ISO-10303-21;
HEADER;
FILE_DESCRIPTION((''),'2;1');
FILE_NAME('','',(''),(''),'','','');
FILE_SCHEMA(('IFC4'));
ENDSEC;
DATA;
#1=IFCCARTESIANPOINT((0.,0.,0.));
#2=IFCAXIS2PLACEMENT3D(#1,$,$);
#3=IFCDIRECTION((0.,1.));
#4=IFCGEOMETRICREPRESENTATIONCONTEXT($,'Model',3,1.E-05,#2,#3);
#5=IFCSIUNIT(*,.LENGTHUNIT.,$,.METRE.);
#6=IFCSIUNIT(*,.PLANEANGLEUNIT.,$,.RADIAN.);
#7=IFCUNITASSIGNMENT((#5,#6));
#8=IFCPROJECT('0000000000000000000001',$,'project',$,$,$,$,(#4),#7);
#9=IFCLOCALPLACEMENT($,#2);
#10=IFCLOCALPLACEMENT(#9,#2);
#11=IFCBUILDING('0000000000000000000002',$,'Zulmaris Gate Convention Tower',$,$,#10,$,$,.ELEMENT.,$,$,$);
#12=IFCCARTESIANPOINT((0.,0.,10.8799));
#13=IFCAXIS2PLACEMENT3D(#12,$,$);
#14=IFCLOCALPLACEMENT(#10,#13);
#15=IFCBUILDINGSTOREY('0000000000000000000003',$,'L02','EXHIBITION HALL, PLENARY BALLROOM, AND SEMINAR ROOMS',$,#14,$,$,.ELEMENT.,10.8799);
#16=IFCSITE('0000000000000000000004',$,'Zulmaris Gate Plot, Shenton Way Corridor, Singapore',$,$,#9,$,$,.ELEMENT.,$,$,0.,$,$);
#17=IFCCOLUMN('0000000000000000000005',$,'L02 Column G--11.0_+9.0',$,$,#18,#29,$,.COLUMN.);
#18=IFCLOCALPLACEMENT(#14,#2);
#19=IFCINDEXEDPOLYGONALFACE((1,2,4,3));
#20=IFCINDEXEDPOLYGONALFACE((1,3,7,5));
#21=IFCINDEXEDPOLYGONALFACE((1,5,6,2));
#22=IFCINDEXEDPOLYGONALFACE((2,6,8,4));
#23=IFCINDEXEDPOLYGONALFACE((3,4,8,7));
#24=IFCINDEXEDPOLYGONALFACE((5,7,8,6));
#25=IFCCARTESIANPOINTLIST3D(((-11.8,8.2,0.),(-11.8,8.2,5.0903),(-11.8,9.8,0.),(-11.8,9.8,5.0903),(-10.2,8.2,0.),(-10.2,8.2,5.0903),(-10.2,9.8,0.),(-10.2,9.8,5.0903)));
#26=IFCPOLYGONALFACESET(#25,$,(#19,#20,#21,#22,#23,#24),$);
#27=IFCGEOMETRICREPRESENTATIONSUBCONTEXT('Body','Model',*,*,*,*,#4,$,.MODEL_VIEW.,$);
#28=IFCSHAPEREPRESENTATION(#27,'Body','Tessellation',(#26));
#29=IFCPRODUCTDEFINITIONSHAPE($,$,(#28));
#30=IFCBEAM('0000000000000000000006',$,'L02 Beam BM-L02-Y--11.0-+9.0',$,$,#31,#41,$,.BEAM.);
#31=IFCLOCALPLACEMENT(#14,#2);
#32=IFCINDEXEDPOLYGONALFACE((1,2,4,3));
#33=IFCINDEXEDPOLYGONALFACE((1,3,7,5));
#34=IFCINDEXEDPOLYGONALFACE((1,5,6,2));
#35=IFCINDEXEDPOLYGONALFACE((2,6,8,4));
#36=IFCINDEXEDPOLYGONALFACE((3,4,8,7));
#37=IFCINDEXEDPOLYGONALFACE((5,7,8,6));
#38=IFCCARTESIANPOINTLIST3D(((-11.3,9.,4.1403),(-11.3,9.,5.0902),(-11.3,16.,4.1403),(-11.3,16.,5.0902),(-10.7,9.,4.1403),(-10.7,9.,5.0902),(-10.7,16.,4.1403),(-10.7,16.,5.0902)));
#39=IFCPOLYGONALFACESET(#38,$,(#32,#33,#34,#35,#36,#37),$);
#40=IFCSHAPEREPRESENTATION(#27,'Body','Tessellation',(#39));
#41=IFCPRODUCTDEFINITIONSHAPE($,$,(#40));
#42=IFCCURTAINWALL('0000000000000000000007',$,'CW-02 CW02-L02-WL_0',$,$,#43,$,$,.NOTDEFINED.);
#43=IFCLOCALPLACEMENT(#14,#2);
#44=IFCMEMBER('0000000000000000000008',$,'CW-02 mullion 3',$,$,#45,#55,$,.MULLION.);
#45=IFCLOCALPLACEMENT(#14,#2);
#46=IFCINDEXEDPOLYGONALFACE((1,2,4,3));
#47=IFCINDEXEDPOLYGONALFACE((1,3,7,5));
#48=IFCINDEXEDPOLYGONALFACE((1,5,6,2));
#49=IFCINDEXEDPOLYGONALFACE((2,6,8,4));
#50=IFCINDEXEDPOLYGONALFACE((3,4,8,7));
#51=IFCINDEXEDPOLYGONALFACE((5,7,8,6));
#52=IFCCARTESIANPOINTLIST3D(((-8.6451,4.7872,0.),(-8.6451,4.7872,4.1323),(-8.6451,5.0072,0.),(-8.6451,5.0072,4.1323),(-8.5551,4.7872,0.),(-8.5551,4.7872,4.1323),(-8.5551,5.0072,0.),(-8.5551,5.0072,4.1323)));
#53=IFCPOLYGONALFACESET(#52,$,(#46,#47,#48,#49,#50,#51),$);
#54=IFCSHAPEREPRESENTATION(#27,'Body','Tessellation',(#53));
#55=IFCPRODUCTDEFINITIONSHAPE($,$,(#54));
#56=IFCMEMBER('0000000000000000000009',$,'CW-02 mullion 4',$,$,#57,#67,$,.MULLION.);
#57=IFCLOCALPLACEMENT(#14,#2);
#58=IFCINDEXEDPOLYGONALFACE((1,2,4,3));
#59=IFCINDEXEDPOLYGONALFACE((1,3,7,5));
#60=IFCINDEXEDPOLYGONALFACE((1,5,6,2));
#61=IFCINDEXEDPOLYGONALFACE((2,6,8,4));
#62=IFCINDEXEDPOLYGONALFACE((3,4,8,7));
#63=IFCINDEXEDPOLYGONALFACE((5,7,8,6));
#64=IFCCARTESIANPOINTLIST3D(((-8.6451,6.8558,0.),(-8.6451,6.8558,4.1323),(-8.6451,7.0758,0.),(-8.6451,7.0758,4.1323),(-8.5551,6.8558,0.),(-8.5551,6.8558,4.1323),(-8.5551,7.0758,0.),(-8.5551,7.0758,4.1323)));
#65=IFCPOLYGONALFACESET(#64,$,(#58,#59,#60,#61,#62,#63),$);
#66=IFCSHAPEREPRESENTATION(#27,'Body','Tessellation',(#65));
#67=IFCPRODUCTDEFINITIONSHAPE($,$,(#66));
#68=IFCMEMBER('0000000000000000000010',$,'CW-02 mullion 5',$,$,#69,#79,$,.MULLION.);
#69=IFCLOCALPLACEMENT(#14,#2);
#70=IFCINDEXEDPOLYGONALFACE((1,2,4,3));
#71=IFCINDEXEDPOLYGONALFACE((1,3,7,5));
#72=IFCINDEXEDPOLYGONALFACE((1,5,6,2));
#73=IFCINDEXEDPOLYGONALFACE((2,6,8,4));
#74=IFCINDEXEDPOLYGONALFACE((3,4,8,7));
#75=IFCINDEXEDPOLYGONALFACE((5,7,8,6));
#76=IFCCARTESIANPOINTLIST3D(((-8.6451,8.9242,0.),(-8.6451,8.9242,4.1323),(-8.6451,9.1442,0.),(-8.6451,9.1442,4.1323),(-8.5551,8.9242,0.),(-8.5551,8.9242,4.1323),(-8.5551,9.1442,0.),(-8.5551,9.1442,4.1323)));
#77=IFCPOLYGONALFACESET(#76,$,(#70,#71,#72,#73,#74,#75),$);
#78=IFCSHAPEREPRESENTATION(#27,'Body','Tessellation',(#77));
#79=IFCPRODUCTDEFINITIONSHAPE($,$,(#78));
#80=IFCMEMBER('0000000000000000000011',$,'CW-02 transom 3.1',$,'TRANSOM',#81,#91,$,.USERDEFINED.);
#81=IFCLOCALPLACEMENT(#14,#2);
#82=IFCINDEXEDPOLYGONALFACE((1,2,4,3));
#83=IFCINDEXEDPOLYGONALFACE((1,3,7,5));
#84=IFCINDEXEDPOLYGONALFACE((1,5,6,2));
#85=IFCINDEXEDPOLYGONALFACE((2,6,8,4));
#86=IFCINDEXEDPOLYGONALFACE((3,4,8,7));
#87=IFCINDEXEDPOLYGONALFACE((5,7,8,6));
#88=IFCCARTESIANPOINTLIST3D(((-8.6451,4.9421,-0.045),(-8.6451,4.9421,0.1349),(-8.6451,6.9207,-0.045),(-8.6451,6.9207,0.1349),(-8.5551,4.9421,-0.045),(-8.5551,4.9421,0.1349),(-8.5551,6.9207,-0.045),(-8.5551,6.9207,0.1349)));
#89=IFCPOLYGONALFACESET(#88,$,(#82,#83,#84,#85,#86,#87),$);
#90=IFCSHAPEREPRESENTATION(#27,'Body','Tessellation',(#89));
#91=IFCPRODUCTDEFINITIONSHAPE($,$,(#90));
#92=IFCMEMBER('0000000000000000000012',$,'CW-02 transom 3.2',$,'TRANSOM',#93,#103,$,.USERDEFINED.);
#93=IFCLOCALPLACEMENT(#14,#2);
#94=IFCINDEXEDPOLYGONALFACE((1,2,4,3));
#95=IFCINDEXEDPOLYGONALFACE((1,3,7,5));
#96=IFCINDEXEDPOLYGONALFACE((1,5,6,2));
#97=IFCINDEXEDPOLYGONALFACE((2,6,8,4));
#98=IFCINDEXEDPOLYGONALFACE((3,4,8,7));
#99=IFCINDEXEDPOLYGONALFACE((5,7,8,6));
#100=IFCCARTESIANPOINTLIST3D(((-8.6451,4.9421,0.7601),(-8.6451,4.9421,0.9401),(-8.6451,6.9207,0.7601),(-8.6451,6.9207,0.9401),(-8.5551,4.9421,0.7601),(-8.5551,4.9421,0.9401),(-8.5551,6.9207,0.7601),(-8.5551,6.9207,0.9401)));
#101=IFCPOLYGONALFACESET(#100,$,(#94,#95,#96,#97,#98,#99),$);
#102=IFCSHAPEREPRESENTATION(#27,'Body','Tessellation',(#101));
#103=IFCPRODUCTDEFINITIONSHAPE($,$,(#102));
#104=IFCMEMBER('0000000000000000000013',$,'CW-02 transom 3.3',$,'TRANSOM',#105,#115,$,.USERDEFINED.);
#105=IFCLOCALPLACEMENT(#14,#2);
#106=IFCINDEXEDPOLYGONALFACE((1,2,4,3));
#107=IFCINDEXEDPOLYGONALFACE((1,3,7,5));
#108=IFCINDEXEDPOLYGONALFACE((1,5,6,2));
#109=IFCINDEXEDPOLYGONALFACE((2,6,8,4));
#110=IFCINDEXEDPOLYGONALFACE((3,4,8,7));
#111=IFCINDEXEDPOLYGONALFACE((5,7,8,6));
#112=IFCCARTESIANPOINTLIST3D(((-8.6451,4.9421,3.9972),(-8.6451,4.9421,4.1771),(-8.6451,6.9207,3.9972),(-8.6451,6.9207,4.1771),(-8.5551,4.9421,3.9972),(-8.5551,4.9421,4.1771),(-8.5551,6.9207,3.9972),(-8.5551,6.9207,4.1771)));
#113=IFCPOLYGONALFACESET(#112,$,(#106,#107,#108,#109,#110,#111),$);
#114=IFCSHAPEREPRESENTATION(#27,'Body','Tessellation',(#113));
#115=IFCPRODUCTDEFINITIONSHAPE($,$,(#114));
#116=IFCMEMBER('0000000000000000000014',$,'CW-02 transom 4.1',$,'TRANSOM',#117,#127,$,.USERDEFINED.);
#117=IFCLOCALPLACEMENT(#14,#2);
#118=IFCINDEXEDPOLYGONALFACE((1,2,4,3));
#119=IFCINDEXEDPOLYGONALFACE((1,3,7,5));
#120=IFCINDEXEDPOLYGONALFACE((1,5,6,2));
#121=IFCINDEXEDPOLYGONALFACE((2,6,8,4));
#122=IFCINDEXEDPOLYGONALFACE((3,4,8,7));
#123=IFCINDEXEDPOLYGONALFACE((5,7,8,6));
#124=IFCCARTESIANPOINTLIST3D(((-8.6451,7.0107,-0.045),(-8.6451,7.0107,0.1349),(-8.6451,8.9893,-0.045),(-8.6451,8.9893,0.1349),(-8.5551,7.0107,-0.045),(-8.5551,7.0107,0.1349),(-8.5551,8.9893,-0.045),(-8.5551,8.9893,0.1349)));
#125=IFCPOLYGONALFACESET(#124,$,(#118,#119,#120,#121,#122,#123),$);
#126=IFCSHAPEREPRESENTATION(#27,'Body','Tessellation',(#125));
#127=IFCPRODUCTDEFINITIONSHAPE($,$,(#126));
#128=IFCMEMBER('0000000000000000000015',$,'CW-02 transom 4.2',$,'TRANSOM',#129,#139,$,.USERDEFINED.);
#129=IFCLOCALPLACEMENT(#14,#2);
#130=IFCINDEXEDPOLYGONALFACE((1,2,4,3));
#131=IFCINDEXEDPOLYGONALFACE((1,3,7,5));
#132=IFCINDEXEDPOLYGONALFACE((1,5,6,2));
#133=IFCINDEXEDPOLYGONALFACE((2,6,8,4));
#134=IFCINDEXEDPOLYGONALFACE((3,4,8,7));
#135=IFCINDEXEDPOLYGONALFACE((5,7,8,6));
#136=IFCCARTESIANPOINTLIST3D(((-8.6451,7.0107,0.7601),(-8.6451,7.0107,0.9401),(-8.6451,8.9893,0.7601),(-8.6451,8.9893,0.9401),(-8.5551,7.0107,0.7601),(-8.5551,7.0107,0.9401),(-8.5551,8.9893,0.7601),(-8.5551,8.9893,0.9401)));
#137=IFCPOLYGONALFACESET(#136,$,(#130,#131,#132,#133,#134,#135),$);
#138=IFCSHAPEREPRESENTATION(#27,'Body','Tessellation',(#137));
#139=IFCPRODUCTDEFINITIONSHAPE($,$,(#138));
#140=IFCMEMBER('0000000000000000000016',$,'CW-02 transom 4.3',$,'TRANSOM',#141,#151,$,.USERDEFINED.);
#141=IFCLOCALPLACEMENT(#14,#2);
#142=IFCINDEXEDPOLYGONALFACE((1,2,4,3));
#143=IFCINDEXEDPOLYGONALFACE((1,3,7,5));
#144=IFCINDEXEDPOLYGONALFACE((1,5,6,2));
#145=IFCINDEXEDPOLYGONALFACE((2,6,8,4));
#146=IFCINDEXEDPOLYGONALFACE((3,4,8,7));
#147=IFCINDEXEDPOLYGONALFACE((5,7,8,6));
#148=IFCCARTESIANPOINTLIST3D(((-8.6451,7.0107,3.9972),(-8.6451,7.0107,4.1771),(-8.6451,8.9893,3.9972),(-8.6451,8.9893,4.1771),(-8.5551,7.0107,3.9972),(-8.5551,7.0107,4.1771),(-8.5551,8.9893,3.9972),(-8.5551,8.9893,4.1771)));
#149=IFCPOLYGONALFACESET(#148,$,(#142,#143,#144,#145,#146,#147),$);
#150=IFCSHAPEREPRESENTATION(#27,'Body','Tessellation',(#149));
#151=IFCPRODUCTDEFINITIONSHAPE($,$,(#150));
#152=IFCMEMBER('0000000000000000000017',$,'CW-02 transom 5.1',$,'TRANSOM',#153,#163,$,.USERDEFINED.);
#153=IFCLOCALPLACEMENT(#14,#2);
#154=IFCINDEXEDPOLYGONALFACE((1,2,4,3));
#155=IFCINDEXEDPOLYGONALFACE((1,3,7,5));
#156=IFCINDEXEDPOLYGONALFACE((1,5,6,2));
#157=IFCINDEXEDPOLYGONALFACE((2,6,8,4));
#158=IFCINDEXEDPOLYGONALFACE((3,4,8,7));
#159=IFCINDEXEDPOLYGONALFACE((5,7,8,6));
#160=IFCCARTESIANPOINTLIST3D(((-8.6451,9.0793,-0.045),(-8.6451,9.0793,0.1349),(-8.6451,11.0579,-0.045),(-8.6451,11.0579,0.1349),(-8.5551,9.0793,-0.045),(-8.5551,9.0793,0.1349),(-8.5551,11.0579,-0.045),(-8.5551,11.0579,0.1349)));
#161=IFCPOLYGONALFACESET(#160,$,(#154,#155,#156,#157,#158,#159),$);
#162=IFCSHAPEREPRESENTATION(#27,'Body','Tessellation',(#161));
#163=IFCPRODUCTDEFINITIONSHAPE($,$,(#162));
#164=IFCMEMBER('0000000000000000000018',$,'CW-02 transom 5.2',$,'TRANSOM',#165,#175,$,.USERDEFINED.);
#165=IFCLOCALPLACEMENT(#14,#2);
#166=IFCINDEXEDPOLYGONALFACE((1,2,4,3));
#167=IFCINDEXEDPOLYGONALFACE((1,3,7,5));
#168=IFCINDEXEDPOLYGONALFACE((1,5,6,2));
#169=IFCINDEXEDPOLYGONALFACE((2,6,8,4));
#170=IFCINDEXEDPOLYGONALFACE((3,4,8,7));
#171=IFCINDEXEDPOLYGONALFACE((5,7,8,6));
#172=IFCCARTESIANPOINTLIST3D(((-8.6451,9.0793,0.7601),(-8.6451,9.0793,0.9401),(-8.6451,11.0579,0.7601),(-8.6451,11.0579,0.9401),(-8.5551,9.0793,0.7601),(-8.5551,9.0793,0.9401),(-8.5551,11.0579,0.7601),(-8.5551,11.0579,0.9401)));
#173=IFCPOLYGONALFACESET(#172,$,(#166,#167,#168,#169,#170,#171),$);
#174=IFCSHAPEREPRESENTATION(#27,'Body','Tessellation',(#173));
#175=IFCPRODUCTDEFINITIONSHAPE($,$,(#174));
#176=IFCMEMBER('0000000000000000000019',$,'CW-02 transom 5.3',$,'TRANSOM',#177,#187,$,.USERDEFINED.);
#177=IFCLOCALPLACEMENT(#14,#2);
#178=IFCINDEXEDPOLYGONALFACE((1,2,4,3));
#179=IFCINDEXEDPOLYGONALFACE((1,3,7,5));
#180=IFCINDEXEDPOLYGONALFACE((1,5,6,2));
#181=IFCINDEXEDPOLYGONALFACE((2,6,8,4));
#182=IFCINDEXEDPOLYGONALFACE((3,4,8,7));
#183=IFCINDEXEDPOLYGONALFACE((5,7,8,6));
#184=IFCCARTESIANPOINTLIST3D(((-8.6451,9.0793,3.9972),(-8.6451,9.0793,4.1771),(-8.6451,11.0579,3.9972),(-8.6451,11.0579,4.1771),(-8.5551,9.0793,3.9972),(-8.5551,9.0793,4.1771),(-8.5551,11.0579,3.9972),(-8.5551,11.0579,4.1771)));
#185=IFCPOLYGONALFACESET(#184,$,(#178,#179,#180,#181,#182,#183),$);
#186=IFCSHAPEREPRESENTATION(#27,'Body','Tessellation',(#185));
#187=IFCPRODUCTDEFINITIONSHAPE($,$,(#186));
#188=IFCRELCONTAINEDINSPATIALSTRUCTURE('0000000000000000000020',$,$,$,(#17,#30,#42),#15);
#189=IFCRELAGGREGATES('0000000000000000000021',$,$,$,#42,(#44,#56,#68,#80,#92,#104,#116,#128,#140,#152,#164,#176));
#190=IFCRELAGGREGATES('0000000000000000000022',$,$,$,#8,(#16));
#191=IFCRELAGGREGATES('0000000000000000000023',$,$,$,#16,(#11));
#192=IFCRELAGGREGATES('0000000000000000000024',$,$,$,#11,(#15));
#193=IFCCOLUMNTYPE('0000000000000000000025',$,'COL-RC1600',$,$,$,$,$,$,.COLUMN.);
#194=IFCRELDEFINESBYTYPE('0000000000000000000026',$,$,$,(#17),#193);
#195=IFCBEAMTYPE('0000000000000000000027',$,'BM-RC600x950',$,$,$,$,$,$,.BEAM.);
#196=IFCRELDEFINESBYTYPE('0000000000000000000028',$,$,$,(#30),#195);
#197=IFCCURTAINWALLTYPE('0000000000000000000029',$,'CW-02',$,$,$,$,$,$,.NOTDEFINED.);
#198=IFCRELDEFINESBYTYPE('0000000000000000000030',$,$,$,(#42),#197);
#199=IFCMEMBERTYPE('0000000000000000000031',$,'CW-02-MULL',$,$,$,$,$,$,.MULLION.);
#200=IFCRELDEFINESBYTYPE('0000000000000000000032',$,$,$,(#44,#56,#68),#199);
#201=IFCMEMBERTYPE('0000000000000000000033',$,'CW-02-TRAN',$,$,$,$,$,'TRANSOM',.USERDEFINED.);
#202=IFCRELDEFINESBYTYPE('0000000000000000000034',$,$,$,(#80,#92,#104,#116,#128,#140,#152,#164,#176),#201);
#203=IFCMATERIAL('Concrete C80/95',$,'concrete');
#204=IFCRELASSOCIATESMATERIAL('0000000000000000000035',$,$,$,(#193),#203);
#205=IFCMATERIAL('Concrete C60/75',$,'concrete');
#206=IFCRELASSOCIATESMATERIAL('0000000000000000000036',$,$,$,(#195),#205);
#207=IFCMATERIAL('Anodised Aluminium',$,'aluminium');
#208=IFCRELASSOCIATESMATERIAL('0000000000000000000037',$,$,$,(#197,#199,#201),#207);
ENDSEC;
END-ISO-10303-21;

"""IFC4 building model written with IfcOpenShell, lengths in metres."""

from ifc_helpers import new_model, si_unit, direction, frame, origin, origin_2d, place, context, subcontext, project, spatial, rectangle, extrude, material, material_profile, profile_set, type_object, element, aggregate, save


model = new_model("IFC4")

# Units and contexts
model_context = context("Model", 3, precision=1e-05, world=origin(), true_north=direction((0.0, 1.0)))
body_context = subcontext(model_context, "Body", "Model", "MODEL_VIEW")
ifc_project = project(units=[si_unit("LENGTHUNIT", "METRE"), si_unit("PLANEANGLEUNIT", "RADIAN")], contexts=[model_context])

# Site, building, storey
site_placement = place(None, origin())
site = spatial("IfcSite", under=ifc_project, at=site_placement, Name="Zulmaris Gate Plot, Shenton Way Corridor, Singapore", CompositionType="ELEMENT", RefElevation=0.0)
building_placement = place(site_placement, origin())
building = spatial("IfcBuilding", under=site, at=building_placement, Name="Zulmaris Gate Convention Tower", CompositionType="ELEMENT")
storey_placement = place(building_placement, frame((0.0, 0.0, 10.8799)))
storey = spatial("IfcBuildingStorey", under=building, at=storey_placement, Name="L02", Description="EXHIBITION HALL, PLENARY BALLROOM, AND SEMINAR ROOMS", CompositionType="ELEMENT", Elevation=10.8799)

# Column
ifc_material_1 = material(Name="Concrete C80/95", Category="concrete")
ifc_material_profile_1 = material_profile(ifc_material_1, rectangle(XDim=1.6001, YDim=1.6001, at=origin_2d()), Name="RC COL 1600x1600")
ifc_profile_set_1 = profile_set([ifc_material_profile_1], Name="Concrete C80/95")
column_type = type_object("IfcColumnType", Name="COL-RC1600", PredefinedType="COLUMN", material=ifc_profile_set_1)
column_placement = place(storey_placement, frame((-11.0, 9.0, 0.0), z_axis=(0.0, 0.0, 1.0), x_axis=(1.0, 0.0, 0.0)))
element("IfcColumn", 1, at=column_placement, inside=storey, type_object=column_type, Name="L02 Column G--11.0_+9.0", PredefinedType="COLUMN", context=body_context, shape_type="SweptSolid", body=[
    extrude(rectangle(XDim=1.6001, YDim=1.6001, at=origin_2d()), origin(), (0.0, 0.0, 1.0), 5.0903),
])

# Beam
ifc_material_2 = material(Name="Concrete C60/75", Category="concrete")
ifc_material_profile_2 = material_profile(ifc_material_2, rectangle(XDim=0.6001, YDim=0.95, at=origin_2d()), Name="RC BEAM 600x950")
ifc_profile_set_2 = profile_set([ifc_material_profile_2], Name="Concrete C60/75")
beam_type = type_object("IfcBeamType", Name="BM-RC600x950", PredefinedType="BEAM", material=ifc_profile_set_2)
beam_placement = place(storey_placement, frame((-11.0, 9.0, 4.6152), z_axis=(0.0, 1.0, 0.0), x_axis=(-1.0, 0.0, 0.0)))
element("IfcBeam", 2, at=beam_placement, inside=storey, type_object=beam_type, Name="L02 Beam BM-L02-Y--11.0-+9.0", PredefinedType="BEAM", context=body_context, shape_type="SweptSolid", body=[
    extrude(rectangle(XDim=0.6001, YDim=0.95, at=origin_2d()), origin(), (0.0, 0.0, 1.0), 7.0),
])

# Curtain wall, members
ifc_material_3 = material(Name="Anodised Aluminium", Category="aluminium")
curtain_wall_type = type_object("IfcCurtainWallType", Name="CW-02", PredefinedType="NOTDEFINED", material=ifc_material_3)
curtain_wall_placement = place(storey_placement, origin())
curtain_wall = element("IfcCurtainWall", 3, at=curtain_wall_placement, inside=storey, type_object=curtain_wall_type, Name="CW-02 CW02-L02-WL_0", PredefinedType="NOTDEFINED")
ifc_material_profile_3 = material_profile(ifc_material_3, rectangle(XDim=0.0901, YDim=0.22, at=origin_2d()), Name="ALU MULLION 90x220")
ifc_profile_set_3 = profile_set([ifc_material_profile_3], Name="Anodised Aluminium")
member_type_1 = type_object("IfcMemberType", Name="CW-02-MULL", PredefinedType="MULLION", material=ifc_profile_set_3)
member_1_placement = place(storey_placement, frame((-8.6001, 4.8972, 0.0), z_axis=(0.0, 0.0, 1.0), x_axis=(-1.0, 0.0, 0.0)))
member_1 = element("IfcMember", 4, at=member_1_placement, type_object=member_type_1, Name="CW-02 mullion 3", PredefinedType="MULLION", context=body_context, shape_type="SweptSolid", body=[
    extrude(rectangle(XDim=0.0901, YDim=0.22, at=origin_2d()), origin(), (0.0, 0.0, 1.0), 4.1323),
])
member_2_placement = place(storey_placement, frame((-8.6001, 6.9658, 0.0), z_axis=(0.0, 0.0, 1.0), x_axis=(-1.0, 0.0, 0.0)))
member_2 = element("IfcMember", 5, at=member_2_placement, type_object=member_type_1, Name="CW-02 mullion 4", PredefinedType="MULLION", context=body_context, shape_type="SweptSolid", body=[
    extrude(rectangle(XDim=0.0901, YDim=0.22, at=origin_2d()), origin(), (0.0, 0.0, 1.0), 4.1323),
])
member_3_placement = place(storey_placement, frame((-8.6001, 9.0342, 0.0), z_axis=(0.0, 0.0, 1.0), x_axis=(-1.0, 0.0, 0.0)))
member_3 = element("IfcMember", 6, at=member_3_placement, type_object=member_type_1, Name="CW-02 mullion 5", PredefinedType="MULLION", context=body_context, shape_type="SweptSolid", body=[
    extrude(rectangle(XDim=0.0901, YDim=0.22, at=origin_2d()), origin(), (0.0, 0.0, 1.0), 4.1323),
])
ifc_material_profile_4 = material_profile(ifc_material_3, rectangle(XDim=0.0901, YDim=0.1799, at=origin_2d()), Name="ALU TRANSOM 90x180")
ifc_profile_set_4 = profile_set([ifc_material_profile_4], Name="Anodised Aluminium")
member_type_2 = type_object("IfcMemberType", Name="CW-02-TRAN", ElementType="TRANSOM", PredefinedType="USERDEFINED", material=ifc_profile_set_4)
member_4_placement = place(storey_placement, frame((-8.6001, 4.9421, 0.0449), z_axis=(0.0, 1.0, 0.0), x_axis=(-1.0, 0.0, 0.0)))
member_4 = element("IfcMember", 7, at=member_4_placement, type_object=member_type_2, Name="CW-02 transom 3.1", ObjectType="TRANSOM", PredefinedType="USERDEFINED", context=body_context, shape_type="SweptSolid", body=[
    extrude(rectangle(XDim=0.0901, YDim=0.1799, at=origin_2d()), origin(), (0.0, 0.0, 1.0), 1.9785),
])
member_5_placement = place(storey_placement, frame((-8.6001, 4.9421, 0.8501), z_axis=(0.0, 1.0, 0.0), x_axis=(-1.0, 0.0, 0.0)))
member_5 = element("IfcMember", 8, at=member_5_placement, type_object=member_type_2, Name="CW-02 transom 3.2", ObjectType="TRANSOM", PredefinedType="USERDEFINED", context=body_context, shape_type="SweptSolid", body=[
    extrude(rectangle(XDim=0.0901, YDim=0.1799, at=origin_2d()), origin(), (0.0, 0.0, 1.0), 1.9785),
])
member_6_placement = place(storey_placement, frame((-8.6001, 4.9421, 4.0872), z_axis=(0.0, 1.0, 0.0), x_axis=(-1.0, 0.0, 0.0)))
member_6 = element("IfcMember", 9, at=member_6_placement, type_object=member_type_2, Name="CW-02 transom 3.3", ObjectType="TRANSOM", PredefinedType="USERDEFINED", context=body_context, shape_type="SweptSolid", body=[
    extrude(rectangle(XDim=0.0901, YDim=0.1799, at=origin_2d()), origin(), (0.0, 0.0, 1.0), 1.9785),
])
member_7_placement = place(storey_placement, frame((-8.6001, 7.0107, 0.0449), z_axis=(0.0, 1.0, 0.0), x_axis=(-1.0, 0.0, 0.0)))
member_7 = element("IfcMember", 10, at=member_7_placement, type_object=member_type_2, Name="CW-02 transom 4.1", ObjectType="TRANSOM", PredefinedType="USERDEFINED", context=body_context, shape_type="SweptSolid", body=[
    extrude(rectangle(XDim=0.0901, YDim=0.1799, at=origin_2d()), origin(), (0.0, 0.0, 1.0), 1.9785),
])
member_8_placement = place(storey_placement, frame((-8.6001, 7.0107, 0.8501), z_axis=(0.0, 1.0, 0.0), x_axis=(-1.0, 0.0, 0.0)))
member_8 = element("IfcMember", 11, at=member_8_placement, type_object=member_type_2, Name="CW-02 transom 4.2", ObjectType="TRANSOM", PredefinedType="USERDEFINED", context=body_context, shape_type="SweptSolid", body=[
    extrude(rectangle(XDim=0.0901, YDim=0.1799, at=origin_2d()), origin(), (0.0, 0.0, 1.0), 1.9785),
])
member_9_placement = place(storey_placement, frame((-8.6001, 7.0107, 4.0872), z_axis=(0.0, 1.0, 0.0), x_axis=(-1.0, 0.0, 0.0)))
member_9 = element("IfcMember", 12, at=member_9_placement, type_object=member_type_2, Name="CW-02 transom 4.3", ObjectType="TRANSOM", PredefinedType="USERDEFINED", context=body_context, shape_type="SweptSolid", body=[
    extrude(rectangle(XDim=0.0901, YDim=0.1799, at=origin_2d()), origin(), (0.0, 0.0, 1.0), 1.9785),
])
member_10_placement = place(storey_placement, frame((-8.6001, 9.0793, 0.0449), z_axis=(0.0, 1.0, 0.0), x_axis=(-1.0, 0.0, 0.0)))
member_10 = element("IfcMember", 13, at=member_10_placement, type_object=member_type_2, Name="CW-02 transom 5.1", ObjectType="TRANSOM", PredefinedType="USERDEFINED", context=body_context, shape_type="SweptSolid", body=[
    extrude(rectangle(XDim=0.0901, YDim=0.1799, at=origin_2d()), origin(), (0.0, 0.0, 1.0), 1.9785),
])
member_11_placement = place(storey_placement, frame((-8.6001, 9.0793, 0.8501), z_axis=(0.0, 1.0, 0.0), x_axis=(-1.0, 0.0, 0.0)))
member_11 = element("IfcMember", 14, at=member_11_placement, type_object=member_type_2, Name="CW-02 transom 5.2", ObjectType="TRANSOM", PredefinedType="USERDEFINED", context=body_context, shape_type="SweptSolid", body=[
    extrude(rectangle(XDim=0.0901, YDim=0.1799, at=origin_2d()), origin(), (0.0, 0.0, 1.0), 1.9785),
])
member_12_placement = place(storey_placement, frame((-8.6001, 9.0793, 4.0872), z_axis=(0.0, 1.0, 0.0), x_axis=(-1.0, 0.0, 0.0)))
member_12 = element("IfcMember", 15, at=member_12_placement, type_object=member_type_2, Name="CW-02 transom 5.3", ObjectType="TRANSOM", PredefinedType="USERDEFINED", context=body_context, shape_type="SweptSolid", body=[
    extrude(rectangle(XDim=0.0901, YDim=0.1799, at=origin_2d()), origin(), (0.0, 0.0, 1.0), 1.9785),
])
aggregate(curtain_wall, [member_1, member_2, member_3, member_4, member_5, member_6, member_7, member_8, member_9, member_10, member_11, member_12])

save(model, "model.ifc")
